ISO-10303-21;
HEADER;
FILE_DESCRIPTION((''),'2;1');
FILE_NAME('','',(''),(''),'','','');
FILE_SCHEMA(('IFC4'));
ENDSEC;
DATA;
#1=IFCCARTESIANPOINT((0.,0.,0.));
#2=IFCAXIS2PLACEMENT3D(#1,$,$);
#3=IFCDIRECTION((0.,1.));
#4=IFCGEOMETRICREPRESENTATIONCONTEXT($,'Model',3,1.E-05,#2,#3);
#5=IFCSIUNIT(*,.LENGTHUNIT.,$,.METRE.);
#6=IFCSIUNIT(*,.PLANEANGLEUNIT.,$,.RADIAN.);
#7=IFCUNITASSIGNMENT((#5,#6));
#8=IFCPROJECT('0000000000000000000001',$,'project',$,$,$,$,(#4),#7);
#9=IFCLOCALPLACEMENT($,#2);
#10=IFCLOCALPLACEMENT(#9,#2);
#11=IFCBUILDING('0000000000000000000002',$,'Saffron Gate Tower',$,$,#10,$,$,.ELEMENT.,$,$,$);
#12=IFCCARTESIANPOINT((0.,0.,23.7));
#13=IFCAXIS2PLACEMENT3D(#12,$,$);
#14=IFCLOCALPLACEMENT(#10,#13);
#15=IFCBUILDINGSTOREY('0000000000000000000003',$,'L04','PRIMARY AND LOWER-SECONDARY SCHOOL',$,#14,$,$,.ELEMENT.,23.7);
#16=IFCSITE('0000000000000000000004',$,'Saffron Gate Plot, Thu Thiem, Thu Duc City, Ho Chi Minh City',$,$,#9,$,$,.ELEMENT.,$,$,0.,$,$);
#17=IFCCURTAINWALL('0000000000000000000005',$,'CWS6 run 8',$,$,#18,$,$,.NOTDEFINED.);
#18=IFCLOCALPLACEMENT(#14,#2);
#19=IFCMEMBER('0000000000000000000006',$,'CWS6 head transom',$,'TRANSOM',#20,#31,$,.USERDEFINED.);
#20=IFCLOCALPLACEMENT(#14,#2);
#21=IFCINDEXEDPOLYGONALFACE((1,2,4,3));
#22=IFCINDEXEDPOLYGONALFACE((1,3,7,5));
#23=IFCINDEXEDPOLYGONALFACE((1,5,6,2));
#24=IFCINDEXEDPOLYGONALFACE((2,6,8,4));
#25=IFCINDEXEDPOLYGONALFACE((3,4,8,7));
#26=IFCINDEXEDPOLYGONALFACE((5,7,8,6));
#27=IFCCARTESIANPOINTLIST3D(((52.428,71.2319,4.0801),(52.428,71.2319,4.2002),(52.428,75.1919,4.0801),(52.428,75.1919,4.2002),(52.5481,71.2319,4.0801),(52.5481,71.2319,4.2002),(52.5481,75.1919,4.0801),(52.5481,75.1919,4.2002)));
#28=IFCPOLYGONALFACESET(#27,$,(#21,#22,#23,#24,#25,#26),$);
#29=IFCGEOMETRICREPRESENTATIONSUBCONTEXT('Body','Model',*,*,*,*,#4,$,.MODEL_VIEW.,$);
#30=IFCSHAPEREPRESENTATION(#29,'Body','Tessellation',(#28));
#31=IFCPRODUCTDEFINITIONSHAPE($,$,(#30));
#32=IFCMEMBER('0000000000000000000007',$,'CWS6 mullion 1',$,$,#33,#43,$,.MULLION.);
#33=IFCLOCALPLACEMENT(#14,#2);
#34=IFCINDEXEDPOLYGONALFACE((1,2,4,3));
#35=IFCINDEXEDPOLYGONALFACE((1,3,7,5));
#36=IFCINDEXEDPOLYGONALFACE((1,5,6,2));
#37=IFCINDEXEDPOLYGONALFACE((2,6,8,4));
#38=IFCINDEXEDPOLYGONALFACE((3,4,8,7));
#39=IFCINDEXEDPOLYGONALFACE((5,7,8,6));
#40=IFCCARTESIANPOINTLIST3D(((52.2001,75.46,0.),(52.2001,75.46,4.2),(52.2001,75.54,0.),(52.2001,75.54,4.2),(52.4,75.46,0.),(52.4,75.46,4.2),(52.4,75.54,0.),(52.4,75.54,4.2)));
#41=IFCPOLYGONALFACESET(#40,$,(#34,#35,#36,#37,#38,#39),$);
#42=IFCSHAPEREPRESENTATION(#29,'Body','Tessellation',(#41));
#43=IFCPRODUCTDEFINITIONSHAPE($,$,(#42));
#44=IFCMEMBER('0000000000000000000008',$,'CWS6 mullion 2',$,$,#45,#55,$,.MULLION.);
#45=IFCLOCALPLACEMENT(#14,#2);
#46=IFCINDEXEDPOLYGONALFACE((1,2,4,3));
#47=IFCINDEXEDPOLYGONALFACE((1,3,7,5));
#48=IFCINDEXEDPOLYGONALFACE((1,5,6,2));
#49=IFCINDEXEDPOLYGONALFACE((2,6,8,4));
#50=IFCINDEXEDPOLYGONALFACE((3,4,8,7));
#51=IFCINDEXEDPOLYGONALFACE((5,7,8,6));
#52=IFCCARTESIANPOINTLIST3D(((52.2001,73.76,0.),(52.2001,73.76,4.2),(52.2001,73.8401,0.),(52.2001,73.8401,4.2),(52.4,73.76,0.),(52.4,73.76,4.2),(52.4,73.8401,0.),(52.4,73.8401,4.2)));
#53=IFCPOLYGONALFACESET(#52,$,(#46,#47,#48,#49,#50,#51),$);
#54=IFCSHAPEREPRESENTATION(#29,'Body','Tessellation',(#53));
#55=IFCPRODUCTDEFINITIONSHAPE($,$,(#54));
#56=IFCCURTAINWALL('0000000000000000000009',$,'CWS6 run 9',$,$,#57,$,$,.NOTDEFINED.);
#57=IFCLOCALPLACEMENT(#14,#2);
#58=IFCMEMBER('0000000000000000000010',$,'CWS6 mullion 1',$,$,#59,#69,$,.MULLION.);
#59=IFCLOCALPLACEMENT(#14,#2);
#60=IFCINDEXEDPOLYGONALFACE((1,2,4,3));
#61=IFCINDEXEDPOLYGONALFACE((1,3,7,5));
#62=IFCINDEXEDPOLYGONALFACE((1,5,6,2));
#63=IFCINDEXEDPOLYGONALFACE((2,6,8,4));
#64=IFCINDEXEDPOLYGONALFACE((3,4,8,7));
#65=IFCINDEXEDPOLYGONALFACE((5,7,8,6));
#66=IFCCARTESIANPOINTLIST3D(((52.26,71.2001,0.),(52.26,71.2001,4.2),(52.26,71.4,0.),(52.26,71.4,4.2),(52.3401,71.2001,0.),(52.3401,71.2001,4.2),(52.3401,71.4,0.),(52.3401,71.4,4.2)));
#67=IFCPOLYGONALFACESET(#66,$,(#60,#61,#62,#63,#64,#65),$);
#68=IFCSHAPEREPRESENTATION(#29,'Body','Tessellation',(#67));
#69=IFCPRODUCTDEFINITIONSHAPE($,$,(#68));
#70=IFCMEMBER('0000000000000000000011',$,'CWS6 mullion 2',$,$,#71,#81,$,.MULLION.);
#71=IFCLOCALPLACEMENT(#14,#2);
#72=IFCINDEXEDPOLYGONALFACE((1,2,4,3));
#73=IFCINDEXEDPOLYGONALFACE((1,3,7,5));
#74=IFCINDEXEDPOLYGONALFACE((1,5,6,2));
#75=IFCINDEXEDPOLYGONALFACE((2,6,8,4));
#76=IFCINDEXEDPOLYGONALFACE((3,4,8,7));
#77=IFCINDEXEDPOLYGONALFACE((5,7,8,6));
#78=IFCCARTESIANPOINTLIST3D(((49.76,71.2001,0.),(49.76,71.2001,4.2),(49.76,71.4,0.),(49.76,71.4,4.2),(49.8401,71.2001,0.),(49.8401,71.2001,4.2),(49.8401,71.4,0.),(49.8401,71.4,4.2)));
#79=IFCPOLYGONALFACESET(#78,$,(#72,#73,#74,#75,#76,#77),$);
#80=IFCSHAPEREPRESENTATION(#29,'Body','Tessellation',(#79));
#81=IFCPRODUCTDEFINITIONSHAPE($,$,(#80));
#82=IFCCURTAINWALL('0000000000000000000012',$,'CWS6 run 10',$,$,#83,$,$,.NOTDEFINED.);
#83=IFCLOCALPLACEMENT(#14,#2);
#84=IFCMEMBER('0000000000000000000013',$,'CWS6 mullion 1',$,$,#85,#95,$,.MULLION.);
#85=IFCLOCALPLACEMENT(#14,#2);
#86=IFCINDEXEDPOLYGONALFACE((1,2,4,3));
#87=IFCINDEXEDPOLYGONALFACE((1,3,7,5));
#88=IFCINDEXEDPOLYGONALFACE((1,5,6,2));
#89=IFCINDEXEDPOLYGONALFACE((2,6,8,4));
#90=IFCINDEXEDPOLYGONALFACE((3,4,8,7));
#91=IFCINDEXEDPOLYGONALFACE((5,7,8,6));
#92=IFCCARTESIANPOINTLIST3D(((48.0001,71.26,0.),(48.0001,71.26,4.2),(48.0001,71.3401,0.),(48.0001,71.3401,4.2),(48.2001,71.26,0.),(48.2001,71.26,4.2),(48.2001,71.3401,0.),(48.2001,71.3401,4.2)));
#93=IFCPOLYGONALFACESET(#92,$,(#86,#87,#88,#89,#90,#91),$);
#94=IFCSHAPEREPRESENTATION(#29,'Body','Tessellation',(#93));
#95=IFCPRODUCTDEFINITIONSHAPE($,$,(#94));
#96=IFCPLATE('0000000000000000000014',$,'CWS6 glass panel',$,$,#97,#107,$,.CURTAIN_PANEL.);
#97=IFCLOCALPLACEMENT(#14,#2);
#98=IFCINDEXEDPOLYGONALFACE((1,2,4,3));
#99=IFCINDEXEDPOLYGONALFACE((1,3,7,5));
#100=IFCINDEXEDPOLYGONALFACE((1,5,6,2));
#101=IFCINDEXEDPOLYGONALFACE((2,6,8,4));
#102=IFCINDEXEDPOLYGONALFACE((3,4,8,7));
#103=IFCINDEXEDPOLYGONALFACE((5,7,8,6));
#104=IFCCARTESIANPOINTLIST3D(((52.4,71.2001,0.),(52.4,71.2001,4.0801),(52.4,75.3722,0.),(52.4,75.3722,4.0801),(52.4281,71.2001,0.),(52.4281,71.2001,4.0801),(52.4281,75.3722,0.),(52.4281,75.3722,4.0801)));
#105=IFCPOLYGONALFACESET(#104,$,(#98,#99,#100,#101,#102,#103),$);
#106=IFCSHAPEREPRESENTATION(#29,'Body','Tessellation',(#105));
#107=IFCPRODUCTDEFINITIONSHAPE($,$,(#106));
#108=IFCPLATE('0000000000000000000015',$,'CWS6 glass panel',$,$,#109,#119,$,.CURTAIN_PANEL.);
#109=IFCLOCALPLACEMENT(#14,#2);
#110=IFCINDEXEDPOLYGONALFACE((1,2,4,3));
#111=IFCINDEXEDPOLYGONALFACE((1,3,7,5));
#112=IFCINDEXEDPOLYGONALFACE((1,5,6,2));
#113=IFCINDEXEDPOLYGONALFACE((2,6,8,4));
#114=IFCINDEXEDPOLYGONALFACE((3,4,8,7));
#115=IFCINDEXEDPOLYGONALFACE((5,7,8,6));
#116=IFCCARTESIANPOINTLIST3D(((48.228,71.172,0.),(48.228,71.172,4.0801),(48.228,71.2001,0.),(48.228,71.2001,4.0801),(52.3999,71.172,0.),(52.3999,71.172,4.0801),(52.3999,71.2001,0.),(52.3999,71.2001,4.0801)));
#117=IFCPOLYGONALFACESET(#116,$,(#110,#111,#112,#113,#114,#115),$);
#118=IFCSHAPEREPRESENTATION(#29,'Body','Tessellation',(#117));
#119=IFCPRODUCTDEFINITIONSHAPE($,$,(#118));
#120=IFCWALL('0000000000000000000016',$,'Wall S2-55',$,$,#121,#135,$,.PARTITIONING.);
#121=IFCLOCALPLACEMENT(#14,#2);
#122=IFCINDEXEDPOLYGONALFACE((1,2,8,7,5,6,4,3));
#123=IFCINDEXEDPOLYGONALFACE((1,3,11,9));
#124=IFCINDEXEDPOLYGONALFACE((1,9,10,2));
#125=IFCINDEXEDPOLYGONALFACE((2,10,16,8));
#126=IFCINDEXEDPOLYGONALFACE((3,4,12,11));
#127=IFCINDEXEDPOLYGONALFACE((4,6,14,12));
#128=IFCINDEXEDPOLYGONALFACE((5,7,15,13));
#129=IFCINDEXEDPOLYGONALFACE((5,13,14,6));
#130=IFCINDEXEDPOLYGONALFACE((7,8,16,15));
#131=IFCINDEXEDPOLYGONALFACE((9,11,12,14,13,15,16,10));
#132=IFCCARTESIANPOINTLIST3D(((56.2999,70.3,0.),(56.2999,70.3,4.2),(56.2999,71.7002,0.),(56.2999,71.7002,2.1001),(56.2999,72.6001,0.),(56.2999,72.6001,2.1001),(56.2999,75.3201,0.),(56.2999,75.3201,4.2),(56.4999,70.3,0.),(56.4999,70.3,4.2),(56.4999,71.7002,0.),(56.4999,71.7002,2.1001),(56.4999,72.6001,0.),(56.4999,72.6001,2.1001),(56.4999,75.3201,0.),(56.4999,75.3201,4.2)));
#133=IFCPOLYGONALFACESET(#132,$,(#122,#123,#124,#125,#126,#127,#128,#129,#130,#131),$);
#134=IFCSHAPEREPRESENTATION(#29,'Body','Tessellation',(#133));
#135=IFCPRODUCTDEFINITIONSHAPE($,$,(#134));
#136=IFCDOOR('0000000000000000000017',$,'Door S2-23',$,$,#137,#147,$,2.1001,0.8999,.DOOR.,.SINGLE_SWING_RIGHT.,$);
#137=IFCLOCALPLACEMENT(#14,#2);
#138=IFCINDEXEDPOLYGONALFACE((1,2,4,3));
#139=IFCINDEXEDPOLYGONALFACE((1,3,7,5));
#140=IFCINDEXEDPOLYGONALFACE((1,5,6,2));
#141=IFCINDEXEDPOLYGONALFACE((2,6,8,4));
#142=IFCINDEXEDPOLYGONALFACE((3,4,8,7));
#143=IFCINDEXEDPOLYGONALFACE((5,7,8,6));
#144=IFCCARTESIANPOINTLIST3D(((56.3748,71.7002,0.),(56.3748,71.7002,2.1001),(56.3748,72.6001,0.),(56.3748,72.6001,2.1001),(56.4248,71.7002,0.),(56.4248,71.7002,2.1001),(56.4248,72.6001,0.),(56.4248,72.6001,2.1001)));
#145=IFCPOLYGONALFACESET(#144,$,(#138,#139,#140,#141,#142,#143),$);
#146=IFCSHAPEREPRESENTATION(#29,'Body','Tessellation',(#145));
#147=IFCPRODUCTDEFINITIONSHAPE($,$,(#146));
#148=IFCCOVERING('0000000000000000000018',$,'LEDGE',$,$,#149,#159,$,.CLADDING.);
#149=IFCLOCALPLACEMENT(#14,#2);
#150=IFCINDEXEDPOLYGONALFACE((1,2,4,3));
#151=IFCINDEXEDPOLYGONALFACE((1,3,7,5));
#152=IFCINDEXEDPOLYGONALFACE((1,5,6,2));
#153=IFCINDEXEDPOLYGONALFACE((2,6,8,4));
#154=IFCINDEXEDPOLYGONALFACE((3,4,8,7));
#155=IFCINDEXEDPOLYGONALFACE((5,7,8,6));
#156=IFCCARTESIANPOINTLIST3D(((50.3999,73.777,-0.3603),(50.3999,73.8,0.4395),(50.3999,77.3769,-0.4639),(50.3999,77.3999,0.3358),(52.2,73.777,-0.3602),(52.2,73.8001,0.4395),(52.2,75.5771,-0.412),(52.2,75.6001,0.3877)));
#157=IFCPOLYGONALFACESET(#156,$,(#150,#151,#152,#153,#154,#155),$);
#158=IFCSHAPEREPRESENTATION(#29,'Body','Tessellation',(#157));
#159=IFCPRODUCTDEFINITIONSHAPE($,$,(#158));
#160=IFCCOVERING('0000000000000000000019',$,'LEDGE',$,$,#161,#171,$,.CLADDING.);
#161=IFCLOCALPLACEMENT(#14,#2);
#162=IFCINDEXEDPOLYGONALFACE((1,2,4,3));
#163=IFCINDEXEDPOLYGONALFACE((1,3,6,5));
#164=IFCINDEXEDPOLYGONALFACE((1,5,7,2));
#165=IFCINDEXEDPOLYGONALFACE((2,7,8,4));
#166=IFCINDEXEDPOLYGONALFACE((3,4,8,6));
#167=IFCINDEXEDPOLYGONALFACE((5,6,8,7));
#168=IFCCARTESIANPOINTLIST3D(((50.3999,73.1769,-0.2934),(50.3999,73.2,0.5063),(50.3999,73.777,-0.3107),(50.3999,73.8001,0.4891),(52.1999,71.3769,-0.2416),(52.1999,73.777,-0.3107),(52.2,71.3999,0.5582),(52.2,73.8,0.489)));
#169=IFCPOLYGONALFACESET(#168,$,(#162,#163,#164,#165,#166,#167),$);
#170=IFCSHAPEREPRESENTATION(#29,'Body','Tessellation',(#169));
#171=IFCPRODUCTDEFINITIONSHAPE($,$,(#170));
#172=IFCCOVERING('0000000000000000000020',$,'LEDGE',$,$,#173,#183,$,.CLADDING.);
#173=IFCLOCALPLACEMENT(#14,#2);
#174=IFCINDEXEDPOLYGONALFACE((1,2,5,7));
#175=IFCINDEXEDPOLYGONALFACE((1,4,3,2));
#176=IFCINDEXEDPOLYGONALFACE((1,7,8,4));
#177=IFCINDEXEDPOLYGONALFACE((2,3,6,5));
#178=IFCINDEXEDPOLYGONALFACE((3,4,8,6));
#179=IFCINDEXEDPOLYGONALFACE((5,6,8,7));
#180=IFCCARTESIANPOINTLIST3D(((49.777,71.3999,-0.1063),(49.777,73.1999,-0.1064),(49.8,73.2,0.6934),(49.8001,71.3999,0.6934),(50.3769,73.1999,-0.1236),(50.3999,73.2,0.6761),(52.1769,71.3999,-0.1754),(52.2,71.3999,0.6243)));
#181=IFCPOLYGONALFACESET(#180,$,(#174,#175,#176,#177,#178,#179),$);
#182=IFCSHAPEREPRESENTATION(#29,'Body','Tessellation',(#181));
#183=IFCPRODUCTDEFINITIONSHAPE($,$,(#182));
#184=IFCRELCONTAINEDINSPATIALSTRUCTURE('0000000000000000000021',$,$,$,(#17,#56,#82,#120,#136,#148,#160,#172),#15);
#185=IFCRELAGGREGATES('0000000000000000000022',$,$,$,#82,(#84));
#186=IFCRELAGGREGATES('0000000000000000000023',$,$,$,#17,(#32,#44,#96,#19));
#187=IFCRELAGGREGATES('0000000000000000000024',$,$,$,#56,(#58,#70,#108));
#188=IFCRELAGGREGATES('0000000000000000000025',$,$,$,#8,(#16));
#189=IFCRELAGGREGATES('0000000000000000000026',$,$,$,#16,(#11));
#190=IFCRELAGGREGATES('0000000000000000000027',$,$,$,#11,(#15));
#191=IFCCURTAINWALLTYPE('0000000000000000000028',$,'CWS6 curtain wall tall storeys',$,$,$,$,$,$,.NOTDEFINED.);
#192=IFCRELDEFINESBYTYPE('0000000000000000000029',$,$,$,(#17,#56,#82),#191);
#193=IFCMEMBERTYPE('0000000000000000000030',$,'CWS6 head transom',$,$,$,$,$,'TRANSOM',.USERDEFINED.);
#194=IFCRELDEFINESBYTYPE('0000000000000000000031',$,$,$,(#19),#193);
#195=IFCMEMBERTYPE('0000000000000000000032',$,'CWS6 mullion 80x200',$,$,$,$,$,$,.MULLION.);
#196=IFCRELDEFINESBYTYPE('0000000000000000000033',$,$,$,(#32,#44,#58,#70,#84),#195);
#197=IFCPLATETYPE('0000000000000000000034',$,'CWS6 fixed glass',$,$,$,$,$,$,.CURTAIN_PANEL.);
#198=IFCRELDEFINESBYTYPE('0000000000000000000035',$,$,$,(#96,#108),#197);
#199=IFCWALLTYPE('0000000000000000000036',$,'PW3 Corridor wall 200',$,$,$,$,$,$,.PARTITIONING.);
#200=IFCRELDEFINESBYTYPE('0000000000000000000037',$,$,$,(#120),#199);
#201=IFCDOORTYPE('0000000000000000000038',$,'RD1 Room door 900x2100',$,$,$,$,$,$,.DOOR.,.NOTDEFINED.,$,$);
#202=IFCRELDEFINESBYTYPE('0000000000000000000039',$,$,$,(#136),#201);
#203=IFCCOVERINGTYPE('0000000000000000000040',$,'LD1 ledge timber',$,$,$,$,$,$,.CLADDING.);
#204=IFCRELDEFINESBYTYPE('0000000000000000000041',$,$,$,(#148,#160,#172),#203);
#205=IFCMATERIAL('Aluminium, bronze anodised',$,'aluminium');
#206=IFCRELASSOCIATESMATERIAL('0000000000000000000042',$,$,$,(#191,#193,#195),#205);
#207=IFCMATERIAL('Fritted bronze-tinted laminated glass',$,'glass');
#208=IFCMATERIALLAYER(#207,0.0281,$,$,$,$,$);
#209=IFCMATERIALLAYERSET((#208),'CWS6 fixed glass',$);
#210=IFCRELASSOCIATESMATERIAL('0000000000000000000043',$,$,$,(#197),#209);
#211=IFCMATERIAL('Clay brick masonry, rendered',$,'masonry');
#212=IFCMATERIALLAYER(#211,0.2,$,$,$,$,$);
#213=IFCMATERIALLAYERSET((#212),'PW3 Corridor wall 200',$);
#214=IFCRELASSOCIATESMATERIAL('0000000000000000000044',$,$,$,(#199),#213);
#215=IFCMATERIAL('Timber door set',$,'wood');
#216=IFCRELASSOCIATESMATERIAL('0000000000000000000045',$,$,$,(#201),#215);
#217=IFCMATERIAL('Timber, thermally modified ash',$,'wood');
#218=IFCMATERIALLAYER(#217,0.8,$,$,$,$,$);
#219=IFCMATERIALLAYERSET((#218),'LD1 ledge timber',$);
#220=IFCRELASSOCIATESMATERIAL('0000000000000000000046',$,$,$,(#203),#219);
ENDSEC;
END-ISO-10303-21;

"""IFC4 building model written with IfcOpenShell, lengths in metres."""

from ifc_helpers import new_model, si_unit, direction, frame, frame_2d, origin, origin_2d, place, context, subcontext, project, spatial, polyline, rectangle, outline, extrude, material, layer, layer_set, material_profile, profile_set, type_object, element, fill, aggregate, save


model = new_model("IFC4")

# Units and contexts
model_context = context("Model", 3, precision=1e-05, world=origin(), true_north=direction((0.0, 1.0)))
body_context = subcontext(model_context, "Body", "Model", "MODEL_VIEW")
ifc_project = project(units=[si_unit("LENGTHUNIT", "METRE"), si_unit("PLANEANGLEUNIT", "RADIAN")], contexts=[model_context])

# Site, building, storey
site_placement = place(None, origin())
site = spatial("IfcSite", under=ifc_project, at=site_placement, Name="Saffron Gate Plot, Thu Thiem, Thu Duc City, Ho Chi Minh City", CompositionType="ELEMENT", RefElevation=0.0)
building_placement = place(site_placement, origin())
building = spatial("IfcBuilding", under=site, at=building_placement, Name="Saffron Gate Tower", CompositionType="ELEMENT")
storey_placement = place(building_placement, frame((0.0, 0.0, 23.7)))
storey = spatial("IfcBuildingStorey", under=building, at=storey_placement, Name="L04", Description="PRIMARY AND LOWER-SECONDARY SCHOOL", CompositionType="ELEMENT", Elevation=23.7)

# Curtain walls, members
ifc_material_1 = material(Name="Aluminium, bronze anodised", Category="aluminium")
curtain_wall_type = type_object("IfcCurtainWallType", Name="CWS6 curtain wall tall storeys", PredefinedType="NOTDEFINED", material=ifc_material_1)
curtain_wall_1_placement = place(storey_placement, origin())
curtain_wall_1 = element("IfcCurtainWall", 1, at=curtain_wall_1_placement, inside=storey, type_object=curtain_wall_type, Name="CWS6 run 8", PredefinedType="NOTDEFINED")
ifc_material_profile_1 = material_profile(ifc_material_1, rectangle(XDim=0.1201, YDim=0.1201, at=origin_2d()))
ifc_profile_set_1 = profile_set([ifc_material_profile_1], Name="Aluminium, bronze anodised")
member_type_1 = type_object("IfcMemberType", Name="CWS6 head transom", ElementType="TRANSOM", PredefinedType="USERDEFINED", material=ifc_profile_set_1)
member_1_placement = place(storey_placement, frame((52.488, 75.1919, 4.1401), z_axis=(0.0, -1.0, 0.0), x_axis=(1.0, 0.0, 0.0)))
member_1 = element("IfcMember", 2, at=member_1_placement, type_object=member_type_1, Name="CWS6 head transom", ObjectType="TRANSOM", PredefinedType="USERDEFINED", context=body_context, shape_type="SweptSolid", body=[
    extrude(rectangle(XDim=0.1201, YDim=0.1201, at=origin_2d()), origin(), (0.0, 0.0, 1.0), 3.96),
])
ifc_material_profile_2 = material_profile(ifc_material_1, rectangle(XDim=0.2, YDim=0.0801, at=origin_2d()))
ifc_profile_set_2 = profile_set([ifc_material_profile_2], Name="Aluminium, bronze anodised")
member_type_2 = type_object("IfcMemberType", Name="CWS6 mullion 80x200", PredefinedType="MULLION", material=ifc_profile_set_2)
member_2_placement = place(storey_placement, frame((52.3, 75.5, 0.0), z_axis=(0.0, 0.0, 1.0), x_axis=(1.0, 0.0, 0.0)))
member_2 = element("IfcMember", 3, at=member_2_placement, type_object=member_type_2, Name="CWS6 mullion 1", PredefinedType="MULLION", context=body_context, shape_type="SweptSolid", body=[
    extrude(rectangle(XDim=0.2, YDim=0.0801, at=origin_2d()), origin(), (0.0, 0.0, 1.0), 4.2),
])
member_3_placement = place(storey_placement, frame((52.3, 73.8, 0.0), z_axis=(0.0, 0.0, 1.0), x_axis=(1.0, 0.0, 0.0)))
member_3 = element("IfcMember", 4, at=member_3_placement, type_object=member_type_2, Name="CWS6 mullion 2", PredefinedType="MULLION", context=body_context, shape_type="SweptSolid", body=[
    extrude(rectangle(XDim=0.2, YDim=0.0801, at=origin_2d()), origin(), (0.0, 0.0, 1.0), 4.2),
])
curtain_wall_2_placement = place(storey_placement, origin())
curtain_wall_2 = element("IfcCurtainWall", 5, at=curtain_wall_2_placement, inside=storey, type_object=curtain_wall_type, Name="CWS6 run 9", PredefinedType="NOTDEFINED")
member_4_placement = place(storey_placement, frame((52.3, 71.3, 0.0), z_axis=(0.0, 0.0, 1.0), x_axis=(0.0, -1.0, 0.0)))
member_4 = element("IfcMember", 6, at=member_4_placement, type_object=member_type_2, Name="CWS6 mullion 1", PredefinedType="MULLION", context=body_context, shape_type="SweptSolid", body=[
    extrude(rectangle(XDim=0.2, YDim=0.0801, at=origin_2d()), origin(), (0.0, 0.0, 1.0), 4.2),
])
member_5_placement = place(storey_placement, frame((49.8, 71.3, 0.0), z_axis=(0.0, 0.0, 1.0), x_axis=(0.0, -1.0, 0.0)))
member_5 = element("IfcMember", 7, at=member_5_placement, type_object=member_type_2, Name="CWS6 mullion 2", PredefinedType="MULLION", context=body_context, shape_type="SweptSolid", body=[
    extrude(rectangle(XDim=0.2, YDim=0.0801, at=origin_2d()), origin(), (0.0, 0.0, 1.0), 4.2),
])

# Curtain wall, member
curtain_wall_3_placement = place(storey_placement, origin())
curtain_wall_3 = element("IfcCurtainWall", 8, at=curtain_wall_3_placement, inside=storey, type_object=curtain_wall_type, Name="CWS6 run 10", PredefinedType="NOTDEFINED")
member_6_placement = place(storey_placement, frame((48.1001, 71.3, 0.0), z_axis=(0.0, 0.0, 1.0), x_axis=(1.0, 0.0, 0.0)))
member_6 = element("IfcMember", 9, at=member_6_placement, type_object=member_type_2, Name="CWS6 mullion 1", PredefinedType="MULLION", context=body_context, shape_type="SweptSolid", body=[
    extrude(rectangle(XDim=0.2, YDim=0.0801, at=origin_2d()), origin(), (0.0, 0.0, 1.0), 4.2),
])
aggregate(curtain_wall_3, [member_6])

# Plates
ifc_material_2 = material(Name="Fritted bronze-tinted laminated glass", Category="glass")
ifc_layer_1 = layer(ifc_material_2, 0.0281)
ifc_layer_set_1 = layer_set([ifc_layer_1], Name="CWS6 fixed glass")
plate_type = type_object("IfcPlateType", Name="CWS6 fixed glass", PredefinedType="CURTAIN_PANEL", material=ifc_layer_set_1)
plate_1_placement = place(storey_placement, frame((52.4141, 75.3721, 0.0), z_axis=(0.0, 0.0, 1.0), x_axis=(0.0, -1.0, 0.0)))
plate_1 = element("IfcPlate", 10, at=plate_1_placement, type_object=plate_type, Name="CWS6 glass panel", PredefinedType="CURTAIN_PANEL", context=body_context, shape_type="SweptSolid", body=[
    extrude(rectangle(XDim=4.1721, YDim=0.0281, at=frame_2d((2.0859, 0.0))), origin(), (0.0, 0.0, 1.0), 4.0801),
])
aggregate(curtain_wall_1, [member_2, member_3, plate_1, member_1])
plate_2_placement = place(storey_placement, frame((52.3999, 71.186, 0.0), z_axis=(0.0, 0.0, 1.0), x_axis=(-1.0, 0.0, 0.0)))
plate_2 = element("IfcPlate", 11, at=plate_2_placement, type_object=plate_type, Name="CWS6 glass panel", PredefinedType="CURTAIN_PANEL", context=body_context, shape_type="SweptSolid", body=[
    extrude(rectangle(XDim=4.1719, YDim=0.0281, at=frame_2d((2.0859, 0.0))), origin(), (0.0, 0.0, 1.0), 4.0801),
])
aggregate(curtain_wall_2, [member_4, member_5, plate_2])

# Wall, opening, door
ifc_material_3 = material(Name="Clay brick masonry, rendered", Category="masonry")
ifc_layer_2 = layer(ifc_material_3, 0.2)
ifc_layer_set_2 = layer_set([ifc_layer_2], Name="PW3 Corridor wall 200")
wall_type = type_object("IfcWallType", Name="PW3 Corridor wall 200", PredefinedType="PARTITIONING", material=ifc_layer_set_2)
wall_placement = place(storey_placement, frame((56.3999, 75.3201, 0.0), z_axis=(0.0, 0.0, 1.0), x_axis=(0.0, -1.0, 0.0)))
wall = element("IfcWall", 12, at=wall_placement, inside=storey, type_object=wall_type, Name="Wall S2-55", PredefinedType="PARTITIONING", context=body_context, shape_type="SweptSolid", body=[
    extrude(rectangle(XDim=5.02, YDim=0.2, at=frame_2d((2.51, 0.0))), origin(), (0.0, 0.0, 1.0), 4.2),
])
opening_placement = place(wall_placement, frame((2.72, 0.0, 0.0)))
opening = element("IfcOpeningElement", 13, at=opening_placement, cuts=wall, PredefinedType="OPENING", context=body_context, shape_type="SweptSolid", body=[
    extrude(rectangle(XDim=0.8999, YDim=2.1001, at=frame_2d((0.45, 1.05))), frame((0.0, 0.1099, 0.0), z_axis=(0.0, -1.0, 0.0), x_axis=(1.0, 0.0, 0.0)), (0.0, 0.0, 1.0), 0.22),
])
ifc_material_4 = material(Name="Timber door set", Category="wood")
door_type = type_object("IfcDoorType", Name="RD1 Room door 900x2100", OperationType="NOTDEFINED", PredefinedType="DOOR", material=ifc_material_4)
door_placement = place(opening_placement, origin())
door = element("IfcDoor", 14, at=door_placement, inside=storey, type_object=door_type, Name="Door S2-23", OperationType="SINGLE_SWING_RIGHT", OverallHeight=2.1001, OverallWidth=0.8999, PredefinedType="DOOR", context=body_context, shape_type="SweptSolid", body=[
    extrude(rectangle(XDim=0.8999, YDim=2.1001, at=frame_2d((0.45, 1.05))), frame((0.0, 0.0249, 0.0), z_axis=(0.0, -1.0, 0.0), x_axis=(1.0, 0.0, 0.0)), (0.0, 0.0, 1.0), 0.05),
])
fill(opening, door)

# Coverings
ifc_material_5 = material(Name="Timber, thermally modified ash", Category="wood")
ifc_layer_3 = layer(ifc_material_5, 0.8)
ifc_layer_set_3 = layer_set([ifc_layer_3], Name="LD1 ledge timber")
covering_type_1 = type_object("IfcCoveringType", Name="LD1 ledge timber", PredefinedType="CLADDING", material=ifc_layer_set_3)
covering_1_placement = place(storey_placement, frame((52.2, 75.6001, 0.3877), z_axis=(-0.000046, 0.028788, 0.999586), x_axis=(0.0, -0.999586, 0.028788)))
element("IfcCovering", 15, at=covering_1_placement, inside=storey, type_object=covering_type_1, Name="LEDGE", PredefinedType="CLADDING", context=body_context, shape_type="SweptSolid", body=[
    extrude(outline(polyline([(0.0, 0.0), (1.8008, 0.0), (1.8008, -1.8), (-1.8006, -1.8), (0.0, 0.0)])), origin(), (0.0, 0.0, -1.0), 0.8),
])
covering_2_placement = place(storey_placement, frame((52.2, 73.8, 0.489), z_axis=(0.000026, 0.028794, 0.999585), x_axis=(0.0, -0.999585, 0.028794)))
element("IfcCovering", 16, at=covering_2_placement, inside=storey, type_object=covering_type_1, Name="LEDGE", PredefinedType="CLADDING", context=body_context, shape_type="SweptSolid", body=[
    extrude(outline(polyline([(0.0, 0.0), (2.4011, 0.0), (0.6003, -1.8), (0.0, -1.8), (0.0, 0.0)])), origin(), (0.0, 0.0, -1.0), 0.8),
])
covering_3_placement = place(storey_placement, frame((52.2, 71.3999, 0.6243), z_axis=(0.028799, 0.000029, 0.999585), x_axis=(-0.999585, 0.0, 0.028799)))
element("IfcCovering", 17, at=covering_3_placement, inside=storey, type_object=covering_type_1, Name="LEDGE", PredefinedType="CLADDING", context=body_context, shape_type="SweptSolid", body=[
    extrude(outline(polyline([(0.0, 0.0), (2.4009, 0.0), (2.4009, -1.8), (1.8008, -1.8), (0.0, 0.0)])), origin(), (0.0, 0.0, -1.0), 0.8),
])

save(model, "model.ifc")
